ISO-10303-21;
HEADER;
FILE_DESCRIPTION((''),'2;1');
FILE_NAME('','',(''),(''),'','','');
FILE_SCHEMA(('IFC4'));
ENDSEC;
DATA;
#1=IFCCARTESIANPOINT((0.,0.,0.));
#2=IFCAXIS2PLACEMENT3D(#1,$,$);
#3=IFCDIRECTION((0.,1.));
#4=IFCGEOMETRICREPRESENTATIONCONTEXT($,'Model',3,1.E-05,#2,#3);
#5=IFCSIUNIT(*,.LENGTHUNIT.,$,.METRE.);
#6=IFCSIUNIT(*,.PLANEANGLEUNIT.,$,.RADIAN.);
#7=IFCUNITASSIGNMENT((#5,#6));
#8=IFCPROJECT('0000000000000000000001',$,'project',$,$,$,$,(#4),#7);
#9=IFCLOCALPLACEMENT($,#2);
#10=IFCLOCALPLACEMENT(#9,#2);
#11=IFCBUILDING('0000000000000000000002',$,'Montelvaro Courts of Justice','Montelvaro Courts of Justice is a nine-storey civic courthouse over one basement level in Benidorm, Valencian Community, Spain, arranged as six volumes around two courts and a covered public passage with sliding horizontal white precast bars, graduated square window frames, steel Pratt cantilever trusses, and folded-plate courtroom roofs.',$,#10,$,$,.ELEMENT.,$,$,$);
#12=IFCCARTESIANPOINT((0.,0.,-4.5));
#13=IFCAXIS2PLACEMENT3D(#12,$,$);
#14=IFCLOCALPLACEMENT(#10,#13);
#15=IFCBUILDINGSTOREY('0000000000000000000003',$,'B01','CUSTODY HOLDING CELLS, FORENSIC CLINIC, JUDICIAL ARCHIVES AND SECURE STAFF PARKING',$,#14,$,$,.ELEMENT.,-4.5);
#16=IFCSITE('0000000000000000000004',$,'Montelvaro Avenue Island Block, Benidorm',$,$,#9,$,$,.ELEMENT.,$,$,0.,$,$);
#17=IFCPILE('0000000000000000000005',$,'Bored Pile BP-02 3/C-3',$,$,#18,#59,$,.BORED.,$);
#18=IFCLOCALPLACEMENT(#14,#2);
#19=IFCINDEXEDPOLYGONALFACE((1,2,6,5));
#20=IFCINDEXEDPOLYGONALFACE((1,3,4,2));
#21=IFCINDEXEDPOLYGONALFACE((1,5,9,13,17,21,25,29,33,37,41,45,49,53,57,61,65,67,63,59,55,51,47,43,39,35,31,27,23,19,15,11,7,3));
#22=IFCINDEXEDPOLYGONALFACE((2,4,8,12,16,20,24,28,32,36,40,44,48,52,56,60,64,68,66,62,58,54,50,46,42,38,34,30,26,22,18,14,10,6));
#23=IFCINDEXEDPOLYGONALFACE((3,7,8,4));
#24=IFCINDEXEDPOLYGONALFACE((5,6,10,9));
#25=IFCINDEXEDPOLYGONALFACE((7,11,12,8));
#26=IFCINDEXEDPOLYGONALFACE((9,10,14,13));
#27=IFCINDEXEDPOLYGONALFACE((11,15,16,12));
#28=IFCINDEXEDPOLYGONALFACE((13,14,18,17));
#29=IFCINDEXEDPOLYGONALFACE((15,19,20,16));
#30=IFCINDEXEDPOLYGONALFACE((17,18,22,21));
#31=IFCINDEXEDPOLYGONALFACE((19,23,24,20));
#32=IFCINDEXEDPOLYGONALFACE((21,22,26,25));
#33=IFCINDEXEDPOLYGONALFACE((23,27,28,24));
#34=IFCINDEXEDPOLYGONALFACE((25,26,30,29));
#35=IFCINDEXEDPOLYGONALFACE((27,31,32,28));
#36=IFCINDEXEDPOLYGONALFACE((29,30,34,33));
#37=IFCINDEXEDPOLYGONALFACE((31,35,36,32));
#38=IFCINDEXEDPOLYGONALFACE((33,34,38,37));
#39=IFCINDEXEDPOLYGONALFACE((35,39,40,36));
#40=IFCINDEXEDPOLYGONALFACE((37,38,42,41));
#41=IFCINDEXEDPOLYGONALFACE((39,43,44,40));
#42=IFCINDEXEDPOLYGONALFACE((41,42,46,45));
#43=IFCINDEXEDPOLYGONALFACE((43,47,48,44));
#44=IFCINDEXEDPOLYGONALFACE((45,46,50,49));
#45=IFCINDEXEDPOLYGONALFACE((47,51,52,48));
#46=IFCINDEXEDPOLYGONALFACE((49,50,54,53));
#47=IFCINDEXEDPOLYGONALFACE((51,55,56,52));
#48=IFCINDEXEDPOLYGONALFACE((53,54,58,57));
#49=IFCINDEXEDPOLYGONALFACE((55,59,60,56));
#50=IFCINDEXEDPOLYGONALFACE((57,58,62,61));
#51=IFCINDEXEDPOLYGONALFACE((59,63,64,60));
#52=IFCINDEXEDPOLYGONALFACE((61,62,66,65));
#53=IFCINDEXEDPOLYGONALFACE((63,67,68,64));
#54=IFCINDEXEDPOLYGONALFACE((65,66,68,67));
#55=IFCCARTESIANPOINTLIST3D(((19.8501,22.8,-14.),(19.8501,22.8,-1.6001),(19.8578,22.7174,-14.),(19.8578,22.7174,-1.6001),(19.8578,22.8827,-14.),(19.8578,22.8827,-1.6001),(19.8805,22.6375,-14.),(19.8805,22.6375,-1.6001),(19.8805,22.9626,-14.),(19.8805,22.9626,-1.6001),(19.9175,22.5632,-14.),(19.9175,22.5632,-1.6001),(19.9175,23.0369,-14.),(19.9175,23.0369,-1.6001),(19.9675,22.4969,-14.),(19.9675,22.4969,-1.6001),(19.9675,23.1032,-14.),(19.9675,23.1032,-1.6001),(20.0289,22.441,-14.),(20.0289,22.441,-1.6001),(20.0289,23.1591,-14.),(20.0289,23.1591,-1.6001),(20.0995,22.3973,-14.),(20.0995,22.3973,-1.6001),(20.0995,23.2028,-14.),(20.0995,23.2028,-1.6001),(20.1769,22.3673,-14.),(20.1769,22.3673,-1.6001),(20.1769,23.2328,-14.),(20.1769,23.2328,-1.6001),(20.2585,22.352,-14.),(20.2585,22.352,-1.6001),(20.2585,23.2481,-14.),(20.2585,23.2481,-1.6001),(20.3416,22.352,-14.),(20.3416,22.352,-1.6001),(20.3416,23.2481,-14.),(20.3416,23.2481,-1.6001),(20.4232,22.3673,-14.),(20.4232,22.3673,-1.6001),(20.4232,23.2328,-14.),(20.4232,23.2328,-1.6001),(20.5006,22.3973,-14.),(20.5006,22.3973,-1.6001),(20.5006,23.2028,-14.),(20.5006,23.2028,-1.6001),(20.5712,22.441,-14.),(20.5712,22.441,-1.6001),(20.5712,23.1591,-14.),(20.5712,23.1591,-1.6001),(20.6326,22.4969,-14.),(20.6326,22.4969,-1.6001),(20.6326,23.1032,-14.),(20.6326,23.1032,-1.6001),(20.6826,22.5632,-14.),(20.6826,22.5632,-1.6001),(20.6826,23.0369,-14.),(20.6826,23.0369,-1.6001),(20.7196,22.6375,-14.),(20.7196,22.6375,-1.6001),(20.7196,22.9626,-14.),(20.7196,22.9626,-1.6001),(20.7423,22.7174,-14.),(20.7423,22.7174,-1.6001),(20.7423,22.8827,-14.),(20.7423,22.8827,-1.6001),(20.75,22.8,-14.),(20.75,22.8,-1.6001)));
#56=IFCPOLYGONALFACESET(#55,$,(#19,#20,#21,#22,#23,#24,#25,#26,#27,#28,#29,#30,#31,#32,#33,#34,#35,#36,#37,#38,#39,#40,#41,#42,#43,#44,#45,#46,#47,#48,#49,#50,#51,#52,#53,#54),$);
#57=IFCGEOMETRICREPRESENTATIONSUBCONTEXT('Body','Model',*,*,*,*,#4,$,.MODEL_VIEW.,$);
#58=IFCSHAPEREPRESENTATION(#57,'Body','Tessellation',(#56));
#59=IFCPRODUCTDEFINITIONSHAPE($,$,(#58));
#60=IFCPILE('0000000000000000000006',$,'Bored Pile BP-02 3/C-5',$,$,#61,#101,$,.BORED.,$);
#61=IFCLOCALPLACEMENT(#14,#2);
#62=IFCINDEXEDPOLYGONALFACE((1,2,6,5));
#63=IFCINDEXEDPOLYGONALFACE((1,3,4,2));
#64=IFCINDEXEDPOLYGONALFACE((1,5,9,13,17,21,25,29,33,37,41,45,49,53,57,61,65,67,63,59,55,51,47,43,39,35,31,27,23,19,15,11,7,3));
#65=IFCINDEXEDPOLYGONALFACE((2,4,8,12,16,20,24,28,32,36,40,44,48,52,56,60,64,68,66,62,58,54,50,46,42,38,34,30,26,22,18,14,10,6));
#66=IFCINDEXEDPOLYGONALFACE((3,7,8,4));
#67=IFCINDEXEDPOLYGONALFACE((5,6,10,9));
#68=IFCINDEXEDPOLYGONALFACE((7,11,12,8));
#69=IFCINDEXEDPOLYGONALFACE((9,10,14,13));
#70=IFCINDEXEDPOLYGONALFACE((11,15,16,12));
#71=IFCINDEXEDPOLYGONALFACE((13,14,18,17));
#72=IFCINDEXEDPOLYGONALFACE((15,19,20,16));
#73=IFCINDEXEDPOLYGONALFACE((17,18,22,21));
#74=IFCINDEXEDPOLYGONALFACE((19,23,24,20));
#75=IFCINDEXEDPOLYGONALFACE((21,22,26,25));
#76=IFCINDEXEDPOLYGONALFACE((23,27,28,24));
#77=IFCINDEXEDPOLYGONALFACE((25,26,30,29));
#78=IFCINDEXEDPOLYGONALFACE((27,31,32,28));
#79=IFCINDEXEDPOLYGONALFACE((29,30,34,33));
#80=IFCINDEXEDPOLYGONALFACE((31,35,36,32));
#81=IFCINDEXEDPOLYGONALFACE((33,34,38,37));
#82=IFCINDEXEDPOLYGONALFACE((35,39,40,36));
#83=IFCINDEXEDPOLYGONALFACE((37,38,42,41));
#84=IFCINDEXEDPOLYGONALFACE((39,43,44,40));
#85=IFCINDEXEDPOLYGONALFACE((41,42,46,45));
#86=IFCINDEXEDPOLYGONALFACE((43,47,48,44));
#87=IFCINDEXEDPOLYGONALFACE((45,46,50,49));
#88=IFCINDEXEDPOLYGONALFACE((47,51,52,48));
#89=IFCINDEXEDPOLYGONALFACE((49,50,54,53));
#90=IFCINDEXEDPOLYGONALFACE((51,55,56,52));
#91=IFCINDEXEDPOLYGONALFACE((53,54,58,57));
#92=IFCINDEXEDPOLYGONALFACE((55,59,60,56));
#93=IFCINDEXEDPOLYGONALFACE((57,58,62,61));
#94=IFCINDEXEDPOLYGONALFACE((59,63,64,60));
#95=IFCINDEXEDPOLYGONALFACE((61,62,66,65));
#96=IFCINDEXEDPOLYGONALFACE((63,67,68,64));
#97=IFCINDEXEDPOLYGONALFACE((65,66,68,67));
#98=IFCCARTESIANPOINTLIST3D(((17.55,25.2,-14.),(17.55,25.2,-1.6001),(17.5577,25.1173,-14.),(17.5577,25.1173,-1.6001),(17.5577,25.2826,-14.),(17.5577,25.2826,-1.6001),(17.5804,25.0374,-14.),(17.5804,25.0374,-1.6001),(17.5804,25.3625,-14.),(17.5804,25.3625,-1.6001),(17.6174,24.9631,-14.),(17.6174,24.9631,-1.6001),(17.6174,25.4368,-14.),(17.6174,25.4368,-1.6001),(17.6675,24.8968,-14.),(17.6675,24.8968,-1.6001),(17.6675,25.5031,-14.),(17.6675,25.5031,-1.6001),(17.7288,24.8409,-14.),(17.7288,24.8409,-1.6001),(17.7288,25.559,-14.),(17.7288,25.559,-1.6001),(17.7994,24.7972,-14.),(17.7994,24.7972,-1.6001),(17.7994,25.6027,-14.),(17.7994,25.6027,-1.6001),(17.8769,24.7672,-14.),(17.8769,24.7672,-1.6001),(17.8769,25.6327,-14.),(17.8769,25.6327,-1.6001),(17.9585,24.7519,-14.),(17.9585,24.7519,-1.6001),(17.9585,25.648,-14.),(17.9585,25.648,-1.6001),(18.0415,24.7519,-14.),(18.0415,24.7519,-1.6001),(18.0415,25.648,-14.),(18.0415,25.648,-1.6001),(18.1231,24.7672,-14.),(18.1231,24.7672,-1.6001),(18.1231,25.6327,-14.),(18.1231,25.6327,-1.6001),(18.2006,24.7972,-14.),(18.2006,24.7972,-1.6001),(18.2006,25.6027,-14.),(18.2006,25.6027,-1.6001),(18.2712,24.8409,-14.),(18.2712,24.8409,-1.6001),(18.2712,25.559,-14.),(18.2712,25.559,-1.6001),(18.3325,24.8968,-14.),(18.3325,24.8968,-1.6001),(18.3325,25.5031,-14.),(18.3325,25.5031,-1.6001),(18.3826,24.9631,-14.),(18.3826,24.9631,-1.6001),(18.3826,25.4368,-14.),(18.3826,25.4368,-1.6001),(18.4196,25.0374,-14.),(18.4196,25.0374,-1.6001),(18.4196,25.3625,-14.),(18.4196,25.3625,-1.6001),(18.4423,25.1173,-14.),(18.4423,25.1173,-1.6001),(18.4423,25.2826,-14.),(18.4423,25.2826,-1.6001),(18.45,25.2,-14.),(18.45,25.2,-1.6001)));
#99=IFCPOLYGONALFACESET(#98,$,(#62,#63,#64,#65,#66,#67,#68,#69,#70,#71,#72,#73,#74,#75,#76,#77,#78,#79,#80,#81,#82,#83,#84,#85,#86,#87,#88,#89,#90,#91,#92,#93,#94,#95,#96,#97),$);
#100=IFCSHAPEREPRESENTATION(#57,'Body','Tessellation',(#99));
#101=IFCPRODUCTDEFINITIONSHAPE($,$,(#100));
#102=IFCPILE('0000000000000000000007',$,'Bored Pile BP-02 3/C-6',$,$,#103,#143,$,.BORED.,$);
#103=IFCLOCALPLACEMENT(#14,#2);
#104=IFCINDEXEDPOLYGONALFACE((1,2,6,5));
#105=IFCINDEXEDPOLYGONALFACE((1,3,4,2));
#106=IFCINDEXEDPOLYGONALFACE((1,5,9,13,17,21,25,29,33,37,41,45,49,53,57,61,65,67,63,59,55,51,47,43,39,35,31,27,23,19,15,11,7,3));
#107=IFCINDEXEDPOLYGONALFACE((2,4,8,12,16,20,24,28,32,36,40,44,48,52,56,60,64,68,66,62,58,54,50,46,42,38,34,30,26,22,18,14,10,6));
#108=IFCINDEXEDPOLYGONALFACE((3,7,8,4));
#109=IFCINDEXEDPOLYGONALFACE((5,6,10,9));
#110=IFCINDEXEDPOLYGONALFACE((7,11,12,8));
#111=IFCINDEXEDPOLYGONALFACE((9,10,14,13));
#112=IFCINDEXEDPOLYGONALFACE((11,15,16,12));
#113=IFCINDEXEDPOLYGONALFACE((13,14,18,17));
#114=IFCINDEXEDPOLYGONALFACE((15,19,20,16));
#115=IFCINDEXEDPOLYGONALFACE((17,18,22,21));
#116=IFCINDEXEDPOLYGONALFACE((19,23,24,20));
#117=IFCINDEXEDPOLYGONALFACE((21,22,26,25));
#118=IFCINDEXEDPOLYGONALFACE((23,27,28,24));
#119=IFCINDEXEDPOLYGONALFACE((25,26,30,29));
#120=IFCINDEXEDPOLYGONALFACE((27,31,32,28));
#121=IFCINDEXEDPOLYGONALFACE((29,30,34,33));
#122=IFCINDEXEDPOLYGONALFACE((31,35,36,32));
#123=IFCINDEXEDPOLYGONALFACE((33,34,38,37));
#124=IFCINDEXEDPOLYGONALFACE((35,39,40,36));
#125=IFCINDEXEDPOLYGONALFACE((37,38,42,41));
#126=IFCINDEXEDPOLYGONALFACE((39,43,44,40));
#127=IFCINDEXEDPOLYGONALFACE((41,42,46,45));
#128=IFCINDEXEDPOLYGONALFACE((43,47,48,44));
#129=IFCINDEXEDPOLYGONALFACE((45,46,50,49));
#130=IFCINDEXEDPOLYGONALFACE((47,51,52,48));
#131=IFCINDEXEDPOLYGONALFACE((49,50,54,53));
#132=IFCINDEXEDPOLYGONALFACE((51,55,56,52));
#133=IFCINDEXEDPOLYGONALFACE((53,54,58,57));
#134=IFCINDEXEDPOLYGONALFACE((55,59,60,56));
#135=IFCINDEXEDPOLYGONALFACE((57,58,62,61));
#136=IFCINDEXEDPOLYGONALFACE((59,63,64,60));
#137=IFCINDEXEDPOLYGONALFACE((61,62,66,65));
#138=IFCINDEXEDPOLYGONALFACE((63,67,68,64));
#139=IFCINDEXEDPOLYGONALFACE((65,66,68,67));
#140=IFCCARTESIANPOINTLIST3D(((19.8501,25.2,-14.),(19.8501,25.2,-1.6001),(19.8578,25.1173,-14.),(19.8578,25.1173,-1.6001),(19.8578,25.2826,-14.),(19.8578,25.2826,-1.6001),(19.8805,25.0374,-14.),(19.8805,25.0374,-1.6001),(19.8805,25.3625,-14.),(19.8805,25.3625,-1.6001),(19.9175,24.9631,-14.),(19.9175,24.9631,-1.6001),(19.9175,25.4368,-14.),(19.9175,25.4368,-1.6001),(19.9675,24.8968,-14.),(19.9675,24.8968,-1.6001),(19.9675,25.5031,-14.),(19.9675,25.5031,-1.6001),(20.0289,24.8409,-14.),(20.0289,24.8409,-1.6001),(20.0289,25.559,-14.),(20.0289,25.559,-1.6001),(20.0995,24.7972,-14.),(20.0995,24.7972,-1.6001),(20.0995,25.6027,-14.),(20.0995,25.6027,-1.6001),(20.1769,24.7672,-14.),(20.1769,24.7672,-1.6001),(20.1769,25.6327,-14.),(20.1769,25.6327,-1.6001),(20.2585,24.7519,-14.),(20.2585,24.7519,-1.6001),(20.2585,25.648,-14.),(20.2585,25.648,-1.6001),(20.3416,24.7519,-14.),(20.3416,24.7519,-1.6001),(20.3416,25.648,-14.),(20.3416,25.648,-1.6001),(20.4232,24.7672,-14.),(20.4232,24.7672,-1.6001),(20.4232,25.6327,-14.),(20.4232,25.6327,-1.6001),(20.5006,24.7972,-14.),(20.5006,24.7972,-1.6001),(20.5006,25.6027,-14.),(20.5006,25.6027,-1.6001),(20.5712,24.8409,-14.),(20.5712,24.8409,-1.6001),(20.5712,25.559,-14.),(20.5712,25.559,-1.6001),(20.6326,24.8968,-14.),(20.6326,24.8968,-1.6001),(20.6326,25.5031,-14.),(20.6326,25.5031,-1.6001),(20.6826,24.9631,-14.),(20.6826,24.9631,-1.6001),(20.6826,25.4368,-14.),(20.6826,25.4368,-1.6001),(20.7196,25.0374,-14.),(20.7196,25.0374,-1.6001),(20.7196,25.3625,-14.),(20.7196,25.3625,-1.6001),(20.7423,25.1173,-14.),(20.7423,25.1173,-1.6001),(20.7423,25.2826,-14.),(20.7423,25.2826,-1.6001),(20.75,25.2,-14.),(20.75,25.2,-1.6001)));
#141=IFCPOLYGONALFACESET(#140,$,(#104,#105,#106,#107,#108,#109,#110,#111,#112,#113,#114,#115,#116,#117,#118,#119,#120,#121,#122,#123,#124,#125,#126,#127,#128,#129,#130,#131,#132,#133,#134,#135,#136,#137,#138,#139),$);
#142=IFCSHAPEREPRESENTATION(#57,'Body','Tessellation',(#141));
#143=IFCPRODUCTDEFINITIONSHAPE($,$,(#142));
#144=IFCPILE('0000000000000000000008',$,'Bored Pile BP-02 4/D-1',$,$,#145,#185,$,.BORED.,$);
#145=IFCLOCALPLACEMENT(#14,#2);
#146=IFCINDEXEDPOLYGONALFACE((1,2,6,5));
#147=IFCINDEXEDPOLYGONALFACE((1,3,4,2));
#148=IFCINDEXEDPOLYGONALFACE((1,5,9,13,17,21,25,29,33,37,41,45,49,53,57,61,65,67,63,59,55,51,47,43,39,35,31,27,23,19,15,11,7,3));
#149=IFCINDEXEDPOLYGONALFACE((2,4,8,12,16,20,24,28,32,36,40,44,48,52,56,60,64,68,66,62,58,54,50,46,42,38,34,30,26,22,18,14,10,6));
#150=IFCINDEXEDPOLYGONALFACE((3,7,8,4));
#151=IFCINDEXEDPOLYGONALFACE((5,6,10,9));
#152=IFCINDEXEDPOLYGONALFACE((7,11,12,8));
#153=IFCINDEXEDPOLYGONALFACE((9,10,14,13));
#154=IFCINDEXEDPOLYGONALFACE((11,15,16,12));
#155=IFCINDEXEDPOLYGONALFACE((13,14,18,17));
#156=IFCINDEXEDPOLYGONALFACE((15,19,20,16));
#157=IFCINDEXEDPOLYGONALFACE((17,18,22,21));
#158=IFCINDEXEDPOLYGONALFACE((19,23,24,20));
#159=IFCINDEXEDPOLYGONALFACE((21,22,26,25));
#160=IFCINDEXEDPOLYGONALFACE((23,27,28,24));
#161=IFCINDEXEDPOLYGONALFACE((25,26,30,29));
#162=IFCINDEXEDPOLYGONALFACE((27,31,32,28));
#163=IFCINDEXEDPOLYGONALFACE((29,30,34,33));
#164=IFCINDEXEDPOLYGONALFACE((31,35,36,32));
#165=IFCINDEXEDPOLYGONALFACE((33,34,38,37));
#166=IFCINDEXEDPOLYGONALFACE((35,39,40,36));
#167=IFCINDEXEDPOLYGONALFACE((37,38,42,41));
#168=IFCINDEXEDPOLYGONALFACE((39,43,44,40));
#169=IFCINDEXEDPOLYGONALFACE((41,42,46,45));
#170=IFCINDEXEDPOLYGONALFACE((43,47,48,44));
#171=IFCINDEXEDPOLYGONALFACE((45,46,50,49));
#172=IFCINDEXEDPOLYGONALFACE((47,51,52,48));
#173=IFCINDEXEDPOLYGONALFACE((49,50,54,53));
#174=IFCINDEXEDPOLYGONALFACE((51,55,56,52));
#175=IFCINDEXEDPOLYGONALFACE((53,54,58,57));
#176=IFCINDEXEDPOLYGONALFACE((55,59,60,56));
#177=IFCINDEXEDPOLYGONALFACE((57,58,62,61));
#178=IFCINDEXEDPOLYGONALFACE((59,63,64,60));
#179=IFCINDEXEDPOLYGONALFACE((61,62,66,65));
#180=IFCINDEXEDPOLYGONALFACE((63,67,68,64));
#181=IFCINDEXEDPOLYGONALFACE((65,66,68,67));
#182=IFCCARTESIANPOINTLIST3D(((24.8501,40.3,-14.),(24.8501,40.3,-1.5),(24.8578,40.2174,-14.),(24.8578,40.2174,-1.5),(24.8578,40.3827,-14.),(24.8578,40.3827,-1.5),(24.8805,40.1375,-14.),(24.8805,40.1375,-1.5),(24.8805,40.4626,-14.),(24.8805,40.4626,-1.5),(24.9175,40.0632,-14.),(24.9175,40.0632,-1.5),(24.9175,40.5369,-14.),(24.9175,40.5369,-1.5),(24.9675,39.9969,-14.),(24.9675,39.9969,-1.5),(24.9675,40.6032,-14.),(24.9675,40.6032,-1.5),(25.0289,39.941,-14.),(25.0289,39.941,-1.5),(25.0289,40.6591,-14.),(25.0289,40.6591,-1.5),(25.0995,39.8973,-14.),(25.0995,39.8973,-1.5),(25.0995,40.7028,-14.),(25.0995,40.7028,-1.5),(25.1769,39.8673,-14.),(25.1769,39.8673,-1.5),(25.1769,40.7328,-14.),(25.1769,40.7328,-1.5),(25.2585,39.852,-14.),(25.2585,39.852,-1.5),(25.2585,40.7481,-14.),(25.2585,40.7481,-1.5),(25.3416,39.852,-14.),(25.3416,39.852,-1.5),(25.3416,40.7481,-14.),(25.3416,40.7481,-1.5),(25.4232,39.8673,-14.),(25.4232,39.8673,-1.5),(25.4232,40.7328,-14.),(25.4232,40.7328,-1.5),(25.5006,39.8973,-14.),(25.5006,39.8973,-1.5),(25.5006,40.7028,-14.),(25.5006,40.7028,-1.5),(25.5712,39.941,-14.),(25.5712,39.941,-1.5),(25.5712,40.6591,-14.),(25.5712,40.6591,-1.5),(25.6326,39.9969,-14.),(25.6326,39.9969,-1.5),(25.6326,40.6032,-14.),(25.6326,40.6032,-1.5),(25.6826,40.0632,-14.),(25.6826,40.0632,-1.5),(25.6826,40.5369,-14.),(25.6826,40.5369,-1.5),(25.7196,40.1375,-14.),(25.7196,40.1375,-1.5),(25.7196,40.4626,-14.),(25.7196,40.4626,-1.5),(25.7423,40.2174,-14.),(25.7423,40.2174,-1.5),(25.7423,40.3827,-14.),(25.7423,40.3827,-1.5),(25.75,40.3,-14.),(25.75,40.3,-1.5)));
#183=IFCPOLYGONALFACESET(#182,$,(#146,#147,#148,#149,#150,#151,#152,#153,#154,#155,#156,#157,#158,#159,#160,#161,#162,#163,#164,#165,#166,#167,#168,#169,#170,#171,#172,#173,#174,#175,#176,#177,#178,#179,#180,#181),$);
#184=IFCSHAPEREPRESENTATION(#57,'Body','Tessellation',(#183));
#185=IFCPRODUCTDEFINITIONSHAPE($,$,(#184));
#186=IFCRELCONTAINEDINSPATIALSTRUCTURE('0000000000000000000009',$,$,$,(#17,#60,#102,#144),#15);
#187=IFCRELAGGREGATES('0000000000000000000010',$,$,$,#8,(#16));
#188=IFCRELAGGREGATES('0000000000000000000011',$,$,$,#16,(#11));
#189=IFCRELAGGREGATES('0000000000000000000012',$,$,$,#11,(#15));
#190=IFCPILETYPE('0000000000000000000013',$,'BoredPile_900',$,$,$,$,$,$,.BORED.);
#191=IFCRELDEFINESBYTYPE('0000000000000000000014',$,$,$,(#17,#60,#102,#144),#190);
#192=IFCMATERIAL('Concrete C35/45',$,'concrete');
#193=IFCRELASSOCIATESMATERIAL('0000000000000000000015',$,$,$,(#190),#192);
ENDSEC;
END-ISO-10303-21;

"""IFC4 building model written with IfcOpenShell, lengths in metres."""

from ifc_helpers import new_model, si_unit, direction, frame, origin, origin_2d, place, context, subcontext, project, spatial, circle, extrude, material, material_profile, profile_set, type_object, element, save


model = new_model("IFC4")

# Units and contexts
model_context = context("Model", 3, precision=1e-05, world=origin(), true_north=direction((0.0, 1.0)))
body_context = subcontext(model_context, "Body", "Model", "MODEL_VIEW")
ifc_project = project(units=[si_unit("LENGTHUNIT", "METRE"), si_unit("PLANEANGLEUNIT", "RADIAN")], contexts=[model_context])

# Site, building, storey
site_placement = place(None, origin())
site = spatial("IfcSite", under=ifc_project, at=site_placement, Name="Montelvaro Avenue Island Block, Benidorm", CompositionType="ELEMENT", RefElevation=0.0)
building_placement = place(site_placement, origin())
building = spatial("IfcBuilding", under=site, at=building_placement, Name="Montelvaro Courts of Justice", Description="Montelvaro Courts of Justice is a nine-storey civic courthouse over one basement level in Benidorm, Valencian Community, Spain, arranged as six volumes around two courts and a covered public passage with sliding horizontal white precast bars, graduated square window frames, steel Pratt cantilever trusses, and folded-plate courtroom roofs.", CompositionType="ELEMENT")
storey_placement = place(building_placement, frame((0.0, 0.0, -4.5)))
storey = spatial("IfcBuildingStorey", under=building, at=storey_placement, Name="B01", Description="CUSTODY HOLDING CELLS, FORENSIC CLINIC, JUDICIAL ARCHIVES AND SECURE STAFF PARKING", CompositionType="ELEMENT", Elevation=-4.5)

# Piles
ifc_material_1 = material(Name="Concrete C35/45", Category="concrete")
ifc_material_profile_1 = material_profile(ifc_material_1, circle(Radius=0.45, at=origin_2d()), Name="BORED PILE D900")
ifc_profile_set_1 = profile_set([ifc_material_profile_1], Name="Concrete C35/45")
pile_type_1 = type_object("IfcPileType", Name="BoredPile_900", PredefinedType="BORED", material=ifc_profile_set_1)
for number, where, z_axis, x_axis, name in (
    (1, (20.3, 22.8, -1.6001), (0.0, 0.0, -1.0), (1.0, 0.0, 0.0), "Bored Pile BP-02 3/C-3"),
    (2, (18.0, 25.2, -1.6001), (0.0, 0.0, -1.0), (1.0, 0.0, 0.0), "Bored Pile BP-02 3/C-5"),
    (3, (20.3, 25.2, -1.6001), (0.0, 0.0, -1.0), (1.0, 0.0, 0.0), "Bored Pile BP-02 3/C-6"),
):
    element("IfcPile", number, at=place(storey_placement, frame(where, z_axis=z_axis, x_axis=x_axis)), inside=storey, type_object=pile_type_1, Name=name, PredefinedType="BORED", context=body_context, shape_type="SweptSolid", body=[
        extrude(circle(Radius=0.45, at=origin_2d()), origin(), (0.0, 0.0, 1.0), 12.3999),
    ])
for number, where, z_axis, x_axis, name in (
    (4, (25.3, 40.3, -1.5), (0.0, 0.0, -1.0), (1.0, 0.0, 0.0), "Bored Pile BP-02 4/D-1"),
):
    element("IfcPile", number, at=place(storey_placement, frame(where, z_axis=z_axis, x_axis=x_axis)), inside=storey, type_object=pile_type_1, Name=name, PredefinedType="BORED", context=body_context, shape_type="SweptSolid", body=[
        extrude(circle(Radius=0.45, at=origin_2d()), origin(), (0.0, 0.0, 1.0), 12.5),
    ])

save(model, "model.ifc")
